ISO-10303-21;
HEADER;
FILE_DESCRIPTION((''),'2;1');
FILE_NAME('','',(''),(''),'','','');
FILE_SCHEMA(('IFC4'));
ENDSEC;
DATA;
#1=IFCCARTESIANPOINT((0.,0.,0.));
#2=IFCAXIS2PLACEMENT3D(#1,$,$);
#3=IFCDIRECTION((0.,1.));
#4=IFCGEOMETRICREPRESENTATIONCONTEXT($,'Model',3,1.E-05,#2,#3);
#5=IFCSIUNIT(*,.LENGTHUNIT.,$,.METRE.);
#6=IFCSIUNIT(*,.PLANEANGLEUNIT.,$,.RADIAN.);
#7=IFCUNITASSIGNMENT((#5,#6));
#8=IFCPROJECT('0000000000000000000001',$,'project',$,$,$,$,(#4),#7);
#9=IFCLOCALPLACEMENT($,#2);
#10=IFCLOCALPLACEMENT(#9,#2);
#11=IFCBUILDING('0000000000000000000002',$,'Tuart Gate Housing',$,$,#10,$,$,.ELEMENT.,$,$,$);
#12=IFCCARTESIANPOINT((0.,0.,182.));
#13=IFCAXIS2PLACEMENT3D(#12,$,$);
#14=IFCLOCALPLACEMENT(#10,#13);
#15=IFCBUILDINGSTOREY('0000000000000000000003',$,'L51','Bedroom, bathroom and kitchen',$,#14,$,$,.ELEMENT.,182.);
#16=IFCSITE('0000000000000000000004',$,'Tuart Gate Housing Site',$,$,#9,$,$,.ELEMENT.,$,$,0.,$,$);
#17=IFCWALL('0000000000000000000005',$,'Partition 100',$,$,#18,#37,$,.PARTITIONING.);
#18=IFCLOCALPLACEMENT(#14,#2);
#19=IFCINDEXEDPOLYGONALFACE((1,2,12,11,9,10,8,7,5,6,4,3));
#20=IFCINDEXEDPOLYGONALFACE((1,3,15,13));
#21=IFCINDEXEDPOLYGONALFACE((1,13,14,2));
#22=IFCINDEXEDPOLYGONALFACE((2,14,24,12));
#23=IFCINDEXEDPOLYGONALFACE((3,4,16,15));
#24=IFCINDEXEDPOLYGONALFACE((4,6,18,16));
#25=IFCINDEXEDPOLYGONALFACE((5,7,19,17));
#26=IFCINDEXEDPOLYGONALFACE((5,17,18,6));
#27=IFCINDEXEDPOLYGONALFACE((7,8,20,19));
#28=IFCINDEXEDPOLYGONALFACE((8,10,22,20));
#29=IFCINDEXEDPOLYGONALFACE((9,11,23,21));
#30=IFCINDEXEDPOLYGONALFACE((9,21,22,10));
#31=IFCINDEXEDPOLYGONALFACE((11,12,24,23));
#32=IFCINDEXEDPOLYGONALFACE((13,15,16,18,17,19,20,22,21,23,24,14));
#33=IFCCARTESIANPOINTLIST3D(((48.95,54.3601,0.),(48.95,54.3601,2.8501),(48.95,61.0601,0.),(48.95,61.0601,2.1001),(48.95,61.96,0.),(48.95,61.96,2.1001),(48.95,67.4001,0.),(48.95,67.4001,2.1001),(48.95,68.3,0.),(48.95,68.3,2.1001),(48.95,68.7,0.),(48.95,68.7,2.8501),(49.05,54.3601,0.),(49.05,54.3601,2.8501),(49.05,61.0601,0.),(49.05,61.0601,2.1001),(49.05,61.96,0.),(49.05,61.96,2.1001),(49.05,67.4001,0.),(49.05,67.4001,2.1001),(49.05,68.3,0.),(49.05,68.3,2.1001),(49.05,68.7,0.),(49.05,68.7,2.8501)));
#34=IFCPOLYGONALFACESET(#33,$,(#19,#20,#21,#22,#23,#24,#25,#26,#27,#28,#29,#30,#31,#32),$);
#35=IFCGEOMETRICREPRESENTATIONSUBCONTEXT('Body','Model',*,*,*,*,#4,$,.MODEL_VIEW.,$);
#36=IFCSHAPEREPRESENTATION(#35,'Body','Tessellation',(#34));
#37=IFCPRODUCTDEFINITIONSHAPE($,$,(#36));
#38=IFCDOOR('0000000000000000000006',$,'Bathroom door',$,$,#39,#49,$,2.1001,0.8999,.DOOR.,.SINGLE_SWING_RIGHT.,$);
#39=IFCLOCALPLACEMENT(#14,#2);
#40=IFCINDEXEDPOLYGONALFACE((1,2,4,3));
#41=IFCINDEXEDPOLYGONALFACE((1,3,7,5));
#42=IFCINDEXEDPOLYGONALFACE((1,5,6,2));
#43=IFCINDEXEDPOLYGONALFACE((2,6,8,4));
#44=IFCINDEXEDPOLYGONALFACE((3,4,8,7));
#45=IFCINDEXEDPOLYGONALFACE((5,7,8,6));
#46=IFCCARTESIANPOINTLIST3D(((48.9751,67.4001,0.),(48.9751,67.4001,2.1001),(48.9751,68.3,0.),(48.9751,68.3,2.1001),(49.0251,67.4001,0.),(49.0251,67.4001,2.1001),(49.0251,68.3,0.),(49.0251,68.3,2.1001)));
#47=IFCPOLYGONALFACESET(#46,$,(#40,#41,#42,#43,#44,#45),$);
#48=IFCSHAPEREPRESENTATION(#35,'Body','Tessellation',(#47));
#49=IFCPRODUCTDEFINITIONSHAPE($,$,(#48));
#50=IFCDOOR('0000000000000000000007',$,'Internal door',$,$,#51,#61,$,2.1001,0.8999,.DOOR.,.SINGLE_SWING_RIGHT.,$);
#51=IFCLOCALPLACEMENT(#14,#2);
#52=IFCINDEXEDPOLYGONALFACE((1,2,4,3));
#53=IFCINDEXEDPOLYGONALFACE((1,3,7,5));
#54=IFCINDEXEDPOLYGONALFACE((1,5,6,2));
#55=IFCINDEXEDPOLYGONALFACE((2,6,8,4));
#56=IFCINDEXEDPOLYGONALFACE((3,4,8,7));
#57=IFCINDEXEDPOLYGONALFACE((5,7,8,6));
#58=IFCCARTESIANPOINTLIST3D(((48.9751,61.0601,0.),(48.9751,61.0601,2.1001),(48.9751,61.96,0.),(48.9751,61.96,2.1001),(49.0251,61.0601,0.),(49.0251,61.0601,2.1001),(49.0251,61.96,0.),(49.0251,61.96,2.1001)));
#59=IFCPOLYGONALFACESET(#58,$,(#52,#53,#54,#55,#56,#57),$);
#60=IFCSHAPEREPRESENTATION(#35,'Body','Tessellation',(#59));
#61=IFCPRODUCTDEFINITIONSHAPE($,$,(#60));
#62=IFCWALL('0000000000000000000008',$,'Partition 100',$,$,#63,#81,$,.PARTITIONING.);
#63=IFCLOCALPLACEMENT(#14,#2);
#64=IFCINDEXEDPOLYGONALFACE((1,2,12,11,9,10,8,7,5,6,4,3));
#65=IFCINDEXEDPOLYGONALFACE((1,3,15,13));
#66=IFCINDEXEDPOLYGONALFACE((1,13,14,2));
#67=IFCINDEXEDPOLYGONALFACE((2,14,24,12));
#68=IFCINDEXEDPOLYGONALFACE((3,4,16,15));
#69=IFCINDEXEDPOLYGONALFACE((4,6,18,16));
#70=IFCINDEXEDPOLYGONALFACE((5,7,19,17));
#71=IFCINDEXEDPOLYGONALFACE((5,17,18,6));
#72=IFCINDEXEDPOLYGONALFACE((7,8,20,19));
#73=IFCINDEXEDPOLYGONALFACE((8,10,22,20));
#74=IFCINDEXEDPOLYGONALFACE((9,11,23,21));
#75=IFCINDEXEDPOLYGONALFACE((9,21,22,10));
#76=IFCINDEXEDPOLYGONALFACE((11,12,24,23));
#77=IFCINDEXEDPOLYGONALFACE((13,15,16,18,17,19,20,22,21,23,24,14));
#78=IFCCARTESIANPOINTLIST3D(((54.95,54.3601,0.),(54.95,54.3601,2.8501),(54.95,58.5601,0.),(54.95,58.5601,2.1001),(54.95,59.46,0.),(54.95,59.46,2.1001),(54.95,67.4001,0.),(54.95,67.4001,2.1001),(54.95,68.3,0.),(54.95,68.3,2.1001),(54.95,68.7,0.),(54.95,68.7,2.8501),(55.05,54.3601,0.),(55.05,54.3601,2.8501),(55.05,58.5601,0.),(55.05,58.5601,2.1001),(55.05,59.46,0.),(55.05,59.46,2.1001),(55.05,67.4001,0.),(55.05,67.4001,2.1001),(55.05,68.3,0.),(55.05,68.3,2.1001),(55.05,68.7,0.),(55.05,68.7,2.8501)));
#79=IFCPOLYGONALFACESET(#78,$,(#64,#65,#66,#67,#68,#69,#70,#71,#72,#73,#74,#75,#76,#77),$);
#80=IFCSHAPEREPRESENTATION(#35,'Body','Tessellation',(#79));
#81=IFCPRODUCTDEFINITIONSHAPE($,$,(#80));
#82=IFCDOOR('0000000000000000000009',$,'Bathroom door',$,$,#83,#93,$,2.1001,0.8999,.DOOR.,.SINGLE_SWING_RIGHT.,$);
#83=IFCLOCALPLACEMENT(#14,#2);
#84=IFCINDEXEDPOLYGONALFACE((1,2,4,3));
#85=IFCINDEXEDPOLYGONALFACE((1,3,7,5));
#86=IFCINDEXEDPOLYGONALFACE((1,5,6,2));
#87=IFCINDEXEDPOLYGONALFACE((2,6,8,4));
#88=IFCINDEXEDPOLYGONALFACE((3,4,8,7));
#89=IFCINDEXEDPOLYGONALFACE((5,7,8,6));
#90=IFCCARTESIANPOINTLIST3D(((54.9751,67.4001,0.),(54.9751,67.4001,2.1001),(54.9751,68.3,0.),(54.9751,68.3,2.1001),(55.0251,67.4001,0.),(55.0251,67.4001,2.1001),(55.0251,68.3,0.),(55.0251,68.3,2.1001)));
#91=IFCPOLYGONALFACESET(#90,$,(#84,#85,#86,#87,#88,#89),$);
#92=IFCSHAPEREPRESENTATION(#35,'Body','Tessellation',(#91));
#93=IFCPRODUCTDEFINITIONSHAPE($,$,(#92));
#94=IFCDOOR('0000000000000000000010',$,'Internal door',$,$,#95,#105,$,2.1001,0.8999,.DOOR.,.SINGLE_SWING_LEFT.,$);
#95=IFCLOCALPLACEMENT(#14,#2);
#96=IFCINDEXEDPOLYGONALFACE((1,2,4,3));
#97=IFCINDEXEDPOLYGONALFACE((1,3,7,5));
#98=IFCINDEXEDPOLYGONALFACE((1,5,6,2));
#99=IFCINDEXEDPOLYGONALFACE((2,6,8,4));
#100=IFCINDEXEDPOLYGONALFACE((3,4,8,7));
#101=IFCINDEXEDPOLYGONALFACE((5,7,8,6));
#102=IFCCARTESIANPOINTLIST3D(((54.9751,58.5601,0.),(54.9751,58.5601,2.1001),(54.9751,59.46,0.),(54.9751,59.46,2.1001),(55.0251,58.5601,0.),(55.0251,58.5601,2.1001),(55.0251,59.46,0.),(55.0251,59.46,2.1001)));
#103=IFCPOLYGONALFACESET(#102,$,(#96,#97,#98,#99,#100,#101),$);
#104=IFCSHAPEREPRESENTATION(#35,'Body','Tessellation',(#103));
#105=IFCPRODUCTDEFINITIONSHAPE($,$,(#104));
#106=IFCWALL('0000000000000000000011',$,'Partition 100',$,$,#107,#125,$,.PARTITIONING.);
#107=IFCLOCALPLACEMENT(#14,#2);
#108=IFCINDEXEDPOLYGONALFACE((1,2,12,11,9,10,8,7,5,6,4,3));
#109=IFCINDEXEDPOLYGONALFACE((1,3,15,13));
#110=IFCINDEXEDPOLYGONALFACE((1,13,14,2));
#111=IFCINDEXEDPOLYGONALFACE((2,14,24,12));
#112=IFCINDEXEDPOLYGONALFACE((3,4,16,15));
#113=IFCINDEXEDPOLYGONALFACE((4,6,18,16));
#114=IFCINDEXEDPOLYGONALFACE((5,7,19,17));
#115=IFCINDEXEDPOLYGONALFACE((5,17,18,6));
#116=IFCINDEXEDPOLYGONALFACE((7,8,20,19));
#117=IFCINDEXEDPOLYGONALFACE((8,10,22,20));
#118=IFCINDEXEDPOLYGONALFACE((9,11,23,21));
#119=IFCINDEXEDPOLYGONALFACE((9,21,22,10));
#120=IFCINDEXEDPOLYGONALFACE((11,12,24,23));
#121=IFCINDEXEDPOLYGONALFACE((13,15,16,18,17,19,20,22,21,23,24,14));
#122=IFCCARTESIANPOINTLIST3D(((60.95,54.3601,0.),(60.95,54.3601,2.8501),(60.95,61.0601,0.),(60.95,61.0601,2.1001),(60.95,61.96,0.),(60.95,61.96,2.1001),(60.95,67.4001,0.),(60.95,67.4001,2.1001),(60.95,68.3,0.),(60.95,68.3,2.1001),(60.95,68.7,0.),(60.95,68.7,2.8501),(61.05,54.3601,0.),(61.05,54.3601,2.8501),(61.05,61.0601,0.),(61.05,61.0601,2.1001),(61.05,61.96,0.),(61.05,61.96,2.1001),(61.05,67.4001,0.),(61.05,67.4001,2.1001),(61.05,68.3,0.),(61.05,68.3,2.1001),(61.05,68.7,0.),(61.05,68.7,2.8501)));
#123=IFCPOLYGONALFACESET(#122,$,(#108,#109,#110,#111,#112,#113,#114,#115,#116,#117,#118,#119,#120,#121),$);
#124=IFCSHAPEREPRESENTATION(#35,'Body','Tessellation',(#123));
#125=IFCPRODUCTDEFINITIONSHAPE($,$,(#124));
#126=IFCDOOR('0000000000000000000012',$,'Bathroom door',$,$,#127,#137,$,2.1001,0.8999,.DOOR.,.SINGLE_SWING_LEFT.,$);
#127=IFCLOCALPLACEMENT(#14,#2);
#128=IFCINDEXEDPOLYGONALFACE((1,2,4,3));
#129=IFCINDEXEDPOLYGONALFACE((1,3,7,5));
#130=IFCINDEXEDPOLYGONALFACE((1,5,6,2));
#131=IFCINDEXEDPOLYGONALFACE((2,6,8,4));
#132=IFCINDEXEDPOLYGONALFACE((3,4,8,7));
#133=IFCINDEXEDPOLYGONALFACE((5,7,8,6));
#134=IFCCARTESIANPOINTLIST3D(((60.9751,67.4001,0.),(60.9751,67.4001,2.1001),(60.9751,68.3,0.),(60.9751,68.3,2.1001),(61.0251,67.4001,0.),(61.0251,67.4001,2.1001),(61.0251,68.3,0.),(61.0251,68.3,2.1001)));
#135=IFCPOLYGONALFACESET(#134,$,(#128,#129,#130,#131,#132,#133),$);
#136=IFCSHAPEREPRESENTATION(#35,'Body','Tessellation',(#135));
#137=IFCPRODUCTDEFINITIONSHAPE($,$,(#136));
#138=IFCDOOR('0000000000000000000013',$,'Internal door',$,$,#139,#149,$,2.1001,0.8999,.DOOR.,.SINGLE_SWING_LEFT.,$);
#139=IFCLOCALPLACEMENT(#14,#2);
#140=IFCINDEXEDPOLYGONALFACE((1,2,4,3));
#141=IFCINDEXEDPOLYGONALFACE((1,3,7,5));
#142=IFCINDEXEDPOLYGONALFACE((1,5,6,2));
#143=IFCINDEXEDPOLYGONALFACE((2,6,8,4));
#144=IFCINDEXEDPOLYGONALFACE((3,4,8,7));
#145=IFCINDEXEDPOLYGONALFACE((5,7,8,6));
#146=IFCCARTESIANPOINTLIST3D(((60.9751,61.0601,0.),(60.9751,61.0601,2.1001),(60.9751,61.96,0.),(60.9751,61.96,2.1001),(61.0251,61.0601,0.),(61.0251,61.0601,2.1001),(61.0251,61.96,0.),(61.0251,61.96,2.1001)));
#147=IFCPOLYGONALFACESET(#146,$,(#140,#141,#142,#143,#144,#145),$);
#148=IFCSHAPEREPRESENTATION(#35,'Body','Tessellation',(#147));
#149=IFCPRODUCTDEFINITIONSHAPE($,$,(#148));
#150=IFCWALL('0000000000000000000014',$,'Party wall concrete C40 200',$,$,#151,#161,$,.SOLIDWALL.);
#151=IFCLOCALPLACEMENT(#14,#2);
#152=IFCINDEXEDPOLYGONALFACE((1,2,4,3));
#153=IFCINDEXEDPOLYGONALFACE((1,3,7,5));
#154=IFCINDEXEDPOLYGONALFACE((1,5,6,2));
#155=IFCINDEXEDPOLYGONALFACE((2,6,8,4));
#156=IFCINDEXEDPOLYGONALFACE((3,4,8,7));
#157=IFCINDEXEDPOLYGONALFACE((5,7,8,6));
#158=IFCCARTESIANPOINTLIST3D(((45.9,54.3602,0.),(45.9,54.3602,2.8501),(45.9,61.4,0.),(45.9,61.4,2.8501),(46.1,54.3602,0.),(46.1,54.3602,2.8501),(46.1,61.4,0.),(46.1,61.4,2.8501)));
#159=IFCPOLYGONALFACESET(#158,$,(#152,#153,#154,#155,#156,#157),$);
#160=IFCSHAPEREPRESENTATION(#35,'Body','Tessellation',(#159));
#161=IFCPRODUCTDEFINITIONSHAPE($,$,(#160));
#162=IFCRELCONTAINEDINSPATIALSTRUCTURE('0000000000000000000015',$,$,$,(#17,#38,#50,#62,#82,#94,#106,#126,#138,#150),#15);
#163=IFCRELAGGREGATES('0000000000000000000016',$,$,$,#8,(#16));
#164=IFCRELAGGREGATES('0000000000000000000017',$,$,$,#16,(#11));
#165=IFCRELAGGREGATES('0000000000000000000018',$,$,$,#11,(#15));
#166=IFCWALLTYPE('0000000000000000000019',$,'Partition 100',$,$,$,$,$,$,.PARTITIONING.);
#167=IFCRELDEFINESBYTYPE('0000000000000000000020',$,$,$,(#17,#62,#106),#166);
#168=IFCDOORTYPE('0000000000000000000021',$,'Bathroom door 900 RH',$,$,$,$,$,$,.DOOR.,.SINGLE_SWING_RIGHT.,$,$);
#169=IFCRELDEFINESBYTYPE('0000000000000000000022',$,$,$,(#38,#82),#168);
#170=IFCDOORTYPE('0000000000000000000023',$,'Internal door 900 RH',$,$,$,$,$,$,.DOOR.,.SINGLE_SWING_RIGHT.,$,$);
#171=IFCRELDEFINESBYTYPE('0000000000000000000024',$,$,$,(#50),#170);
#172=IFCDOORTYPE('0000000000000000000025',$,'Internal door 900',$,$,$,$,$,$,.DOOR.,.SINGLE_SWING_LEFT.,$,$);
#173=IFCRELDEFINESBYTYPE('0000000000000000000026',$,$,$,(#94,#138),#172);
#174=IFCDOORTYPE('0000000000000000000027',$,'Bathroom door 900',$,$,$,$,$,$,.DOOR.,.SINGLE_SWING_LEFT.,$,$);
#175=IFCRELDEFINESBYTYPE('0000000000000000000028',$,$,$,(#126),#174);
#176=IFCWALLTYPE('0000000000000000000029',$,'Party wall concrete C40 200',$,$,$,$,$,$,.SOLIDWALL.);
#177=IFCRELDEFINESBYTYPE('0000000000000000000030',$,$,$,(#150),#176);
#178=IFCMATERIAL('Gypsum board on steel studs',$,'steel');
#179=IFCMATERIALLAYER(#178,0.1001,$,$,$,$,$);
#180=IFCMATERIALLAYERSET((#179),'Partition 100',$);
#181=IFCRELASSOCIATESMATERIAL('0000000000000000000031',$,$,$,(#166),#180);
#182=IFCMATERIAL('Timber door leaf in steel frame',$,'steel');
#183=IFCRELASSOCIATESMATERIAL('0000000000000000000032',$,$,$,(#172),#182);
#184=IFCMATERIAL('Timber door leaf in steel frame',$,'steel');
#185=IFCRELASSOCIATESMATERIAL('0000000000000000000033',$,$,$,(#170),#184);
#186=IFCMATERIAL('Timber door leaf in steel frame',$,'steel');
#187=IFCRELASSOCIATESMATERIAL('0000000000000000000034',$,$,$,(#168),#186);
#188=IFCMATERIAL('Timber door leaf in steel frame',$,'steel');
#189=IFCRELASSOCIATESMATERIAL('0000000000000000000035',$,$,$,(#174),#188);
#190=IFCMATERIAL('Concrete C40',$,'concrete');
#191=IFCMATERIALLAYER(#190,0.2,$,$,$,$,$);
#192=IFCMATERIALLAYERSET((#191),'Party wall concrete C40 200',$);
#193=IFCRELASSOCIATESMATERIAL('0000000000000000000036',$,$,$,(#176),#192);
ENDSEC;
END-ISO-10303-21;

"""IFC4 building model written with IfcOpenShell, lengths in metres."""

from ifc_helpers import new_model, si_unit, direction, frame, frame_2d, origin, place, context, subcontext, project, spatial, rectangle, extrude, material, layer, layer_set, type_object, element, fill, save


model = new_model("IFC4")

# Units and contexts
model_context = context("Model", 3, precision=1e-05, world=origin(), true_north=direction((0.0, 1.0)))
body_context = subcontext(model_context, "Body", "Model", "MODEL_VIEW")
ifc_project = project(units=[si_unit("LENGTHUNIT", "METRE"), si_unit("PLANEANGLEUNIT", "RADIAN")], contexts=[model_context])

# Site, building, storey
site_placement = place(None, origin())
site = spatial("IfcSite", under=ifc_project, at=site_placement, Name="Tuart Gate Housing Site", CompositionType="ELEMENT", RefElevation=0.0)
building_placement = place(site_placement, origin())
building = spatial("IfcBuilding", under=site, at=building_placement, Name="Tuart Gate Housing", CompositionType="ELEMENT")
storey_placement = place(building_placement, frame((0.0, 0.0, 182.0)))
storey = spatial("IfcBuildingStorey", under=building, at=storey_placement, Name="L51", Description="Bedroom, bathroom and kitchen", CompositionType="ELEMENT", Elevation=182.0)

# Shared definitions
ifc_material_1 = material(Name="Gypsum board on steel studs", Category="steel")
ifc_layer_1 = layer(ifc_material_1, 0.1001)
ifc_layer_set_1 = layer_set([ifc_layer_1], Name="Partition 100")
wall_type_1 = type_object("IfcWallType", Name="Partition 100", PredefinedType="PARTITIONING", material=ifc_layer_set_1)
ifc_material_2 = material(Name="Timber door leaf in steel frame", Category="steel")
door_type_1 = type_object("IfcDoorType", Name="Internal door 900", OperationType="SINGLE_SWING_LEFT", PredefinedType="DOOR", material=ifc_material_2)
ifc_material_3 = material(Name="Timber door leaf in steel frame", Category="steel")
door_type_2 = type_object("IfcDoorType", Name="Internal door 900 RH", OperationType="SINGLE_SWING_RIGHT", PredefinedType="DOOR", material=ifc_material_3)

# Walls, openings, doors
wall_1_placement = place(storey_placement, frame((49.0, 54.3601, 0.0), z_axis=(0.0, 0.0, 1.0), x_axis=(0.0, 1.0, 0.0)))
wall_1 = element("IfcWall", 1, at=wall_1_placement, inside=storey, type_object=wall_type_1, Name="Partition 100", PredefinedType="PARTITIONING", context=body_context, shape_type="SweptSolid", body=[
    extrude(rectangle(XDim=14.3398, YDim=0.1001, at=frame_2d((7.1699, 0.0))), origin(), (0.0, 0.0, 1.0), 2.8501),
])
opening_1_placement = place(wall_1_placement, frame((6.7, 0.0, 0.0)))
opening_1 = element("IfcOpeningElement", 2, at=opening_1_placement, cuts=wall_1, PredefinedType="OPENING", context=body_context, shape_type="SweptSolid", body=[
    extrude(rectangle(XDim=0.8999, YDim=2.1001, at=frame_2d((0.45, 1.05))), frame((0.0, 0.0601, 0.0), z_axis=(0.0, -1.0, 0.0), x_axis=(1.0, 0.0, 0.0)), (0.0, 0.0, 1.0), 0.1201),
])
opening_2_placement = place(wall_1_placement, frame((13.04, 0.0, 0.0)))
opening_2 = element("IfcOpeningElement", 3, at=opening_2_placement, cuts=wall_1, PredefinedType="OPENING", context=body_context, shape_type="SweptSolid", body=[
    extrude(rectangle(XDim=0.8999, YDim=2.1001, at=frame_2d((0.45, 1.05))), frame((0.0, 0.0601, 0.0), z_axis=(0.0, -1.0, 0.0), x_axis=(1.0, 0.0, 0.0)), (0.0, 0.0, 1.0), 0.1201),
])
ifc_material_4 = material(Name="Timber door leaf in steel frame", Category="steel")
door_type_3 = type_object("IfcDoorType", Name="Bathroom door 900 RH", OperationType="SINGLE_SWING_RIGHT", PredefinedType="DOOR", material=ifc_material_4)
door_1_placement = place(opening_2_placement, origin())
door_1 = element("IfcDoor", 4, at=door_1_placement, inside=storey, type_object=door_type_3, Name="Bathroom door", OperationType="SINGLE_SWING_RIGHT", OverallHeight=2.1001, OverallWidth=0.8999, PredefinedType="DOOR", context=body_context, shape_type="SweptSolid", body=[
    extrude(rectangle(XDim=0.8999, YDim=2.1001, at=frame_2d((0.45, 1.05))), frame((0.0, 0.0249, 0.0), z_axis=(0.0, -1.0, 0.0), x_axis=(1.0, 0.0, 0.0)), (0.0, 0.0, 1.0), 0.05),
])
fill(opening_2, door_1)
door_2_placement = place(opening_1_placement, origin())
door_2 = element("IfcDoor", 5, at=door_2_placement, inside=storey, type_object=door_type_2, Name="Internal door", OperationType="SINGLE_SWING_RIGHT", OverallHeight=2.1001, OverallWidth=0.8999, PredefinedType="DOOR", context=body_context, shape_type="SweptSolid", body=[
    extrude(rectangle(XDim=0.8999, YDim=2.1001, at=frame_2d((0.45, 1.05))), frame((0.0, 0.0249, 0.0), z_axis=(0.0, -1.0, 0.0), x_axis=(1.0, 0.0, 0.0)), (0.0, 0.0, 1.0), 0.05),
])
fill(opening_1, door_2)
wall_2_placement = place(storey_placement, frame((55.0, 54.3601, 0.0), z_axis=(0.0, 0.0, 1.0), x_axis=(0.0, 1.0, 0.0)))
wall_2 = element("IfcWall", 6, at=wall_2_placement, inside=storey, type_object=wall_type_1, Name="Partition 100", PredefinedType="PARTITIONING", context=body_context, shape_type="SweptSolid", body=[
    extrude(rectangle(XDim=14.3398, YDim=0.1001, at=frame_2d((7.1699, 0.0))), origin(), (0.0, 0.0, 1.0), 2.8501),
])
opening_3_placement = place(wall_2_placement, frame((4.2, 0.0, 0.0)))
opening_3 = element("IfcOpeningElement", 7, at=opening_3_placement, cuts=wall_2, PredefinedType="OPENING", context=body_context, shape_type="SweptSolid", body=[
    extrude(rectangle(XDim=0.8999, YDim=2.1001, at=frame_2d((0.45, 1.05))), frame((0.0, 0.0601, 0.0), z_axis=(0.0, -1.0, 0.0), x_axis=(1.0, 0.0, 0.0)), (0.0, 0.0, 1.0), 0.1201),
])
opening_4_placement = place(wall_2_placement, frame((13.04, 0.0, 0.0)))
opening_4 = element("IfcOpeningElement", 8, at=opening_4_placement, cuts=wall_2, PredefinedType="OPENING", context=body_context, shape_type="SweptSolid", body=[
    extrude(rectangle(XDim=0.8999, YDim=2.1001, at=frame_2d((0.45, 1.05))), frame((0.0, 0.0601, 0.0), z_axis=(0.0, -1.0, 0.0), x_axis=(1.0, 0.0, 0.0)), (0.0, 0.0, 1.0), 0.1201),
])
door_3_placement = place(opening_4_placement, origin())
door_3 = element("IfcDoor", 9, at=door_3_placement, inside=storey, type_object=door_type_3, Name="Bathroom door", OperationType="SINGLE_SWING_RIGHT", OverallHeight=2.1001, OverallWidth=0.8999, PredefinedType="DOOR", context=body_context, shape_type="SweptSolid", body=[
    extrude(rectangle(XDim=0.8999, YDim=2.1001, at=frame_2d((0.45, 1.05))), frame((0.0, 0.0249, 0.0), z_axis=(0.0, -1.0, 0.0), x_axis=(1.0, 0.0, 0.0)), (0.0, 0.0, 1.0), 0.05),
])
fill(opening_4, door_3)
door_4_placement = place(opening_3_placement, origin())
door_4 = element("IfcDoor", 10, at=door_4_placement, inside=storey, type_object=door_type_1, Name="Internal door", OperationType="SINGLE_SWING_LEFT", OverallHeight=2.1001, OverallWidth=0.8999, PredefinedType="DOOR", context=body_context, shape_type="SweptSolid", body=[
    extrude(rectangle(XDim=0.8999, YDim=2.1001, at=frame_2d((0.45, 1.05))), frame((0.0, 0.0249, 0.0), z_axis=(0.0, -1.0, 0.0), x_axis=(1.0, 0.0, 0.0)), (0.0, 0.0, 1.0), 0.05),
])
fill(opening_3, door_4)
wall_3_placement = place(storey_placement, frame((61.0, 54.3601, 0.0), z_axis=(0.0, 0.0, 1.0), x_axis=(0.0, 1.0, 0.0)))
wall_3 = element("IfcWall", 11, at=wall_3_placement, inside=storey, type_object=wall_type_1, Name="Partition 100", PredefinedType="PARTITIONING", context=body_context, shape_type="SweptSolid", body=[
    extrude(rectangle(XDim=14.3398, YDim=0.1001, at=frame_2d((7.1699, 0.0))), origin(), (0.0, 0.0, 1.0), 2.8501),
])
opening_5_placement = place(wall_3_placement, frame((6.7, 0.0, 0.0)))
opening_5 = element("IfcOpeningElement", 12, at=opening_5_placement, cuts=wall_3, PredefinedType="OPENING", context=body_context, shape_type="SweptSolid", body=[
    extrude(rectangle(XDim=0.8999, YDim=2.1001, at=frame_2d((0.45, 1.05))), frame((0.0, 0.0601, 0.0), z_axis=(0.0, -1.0, 0.0), x_axis=(1.0, 0.0, 0.0)), (0.0, 0.0, 1.0), 0.1201),
])
opening_6_placement = place(wall_3_placement, frame((13.04, 0.0, 0.0)))
opening_6 = element("IfcOpeningElement", 13, at=opening_6_placement, cuts=wall_3, PredefinedType="OPENING", context=body_context, shape_type="SweptSolid", body=[
    extrude(rectangle(XDim=0.8999, YDim=2.1001, at=frame_2d((0.45, 1.05))), frame((0.0, 0.0601, 0.0), z_axis=(0.0, -1.0, 0.0), x_axis=(1.0, 0.0, 0.0)), (0.0, 0.0, 1.0), 0.1201),
])
ifc_material_5 = material(Name="Timber door leaf in steel frame", Category="steel")
door_type_4 = type_object("IfcDoorType", Name="Bathroom door 900", OperationType="SINGLE_SWING_LEFT", PredefinedType="DOOR", material=ifc_material_5)
door_5_placement = place(opening_6_placement, frame((0.8999, 0.0, 0.0), z_axis=(0.0, 0.0, 1.0), x_axis=(-1.0, 0.0, 0.0)))
door_5 = element("IfcDoor", 14, at=door_5_placement, inside=storey, type_object=door_type_4, Name="Bathroom door", OperationType="SINGLE_SWING_LEFT", OverallHeight=2.1001, OverallWidth=0.8999, PredefinedType="DOOR", context=body_context, shape_type="SweptSolid", body=[
    extrude(rectangle(XDim=0.8999, YDim=2.1001, at=frame_2d((0.45, 1.05))), frame((0.0, 0.0251, 0.0), z_axis=(0.0, -1.0, 0.0), x_axis=(1.0, 0.0, 0.0)), (0.0, 0.0, 1.0), 0.05),
])
fill(opening_6, door_5)
door_6_placement = place(opening_5_placement, frame((0.8999, 0.0, 0.0), z_axis=(0.0, 0.0, 1.0), x_axis=(-1.0, 0.0, 0.0)))
door_6 = element("IfcDoor", 15, at=door_6_placement, inside=storey, type_object=door_type_1, Name="Internal door", OperationType="SINGLE_SWING_LEFT", OverallHeight=2.1001, OverallWidth=0.8999, PredefinedType="DOOR", context=body_context, shape_type="SweptSolid", body=[
    extrude(rectangle(XDim=0.8999, YDim=2.1001, at=frame_2d((0.45, 1.05))), frame((0.0, 0.0251, 0.0), z_axis=(0.0, -1.0, 0.0), x_axis=(1.0, 0.0, 0.0)), (0.0, 0.0, 1.0), 0.05),
])
fill(opening_5, door_6)

# Wall
ifc_material_6 = material(Name="Concrete C40", Category="concrete")
ifc_layer_2 = layer(ifc_material_6, 0.2)
ifc_layer_set_2 = layer_set([ifc_layer_2], Name="Party wall concrete C40 200")
wall_type_2 = type_object("IfcWallType", Name="Party wall concrete C40 200", PredefinedType="SOLIDWALL", material=ifc_layer_set_2)
wall_4_placement = place(storey_placement, frame((46.0, 54.3601, 0.0), z_axis=(0.0, 0.0, 1.0), x_axis=(0.0, 1.0, 0.0)))
element("IfcWall", 16, at=wall_4_placement, inside=storey, type_object=wall_type_2, Name="Party wall concrete C40 200", PredefinedType="SOLIDWALL", context=body_context, shape_type="SweptSolid", body=[
    extrude(rectangle(XDim=7.0398, YDim=0.2, at=frame_2d((3.52, 0.0))), origin(), (0.0, 0.0, 1.0), 2.8501),
])

save(model, "model.ifc")
